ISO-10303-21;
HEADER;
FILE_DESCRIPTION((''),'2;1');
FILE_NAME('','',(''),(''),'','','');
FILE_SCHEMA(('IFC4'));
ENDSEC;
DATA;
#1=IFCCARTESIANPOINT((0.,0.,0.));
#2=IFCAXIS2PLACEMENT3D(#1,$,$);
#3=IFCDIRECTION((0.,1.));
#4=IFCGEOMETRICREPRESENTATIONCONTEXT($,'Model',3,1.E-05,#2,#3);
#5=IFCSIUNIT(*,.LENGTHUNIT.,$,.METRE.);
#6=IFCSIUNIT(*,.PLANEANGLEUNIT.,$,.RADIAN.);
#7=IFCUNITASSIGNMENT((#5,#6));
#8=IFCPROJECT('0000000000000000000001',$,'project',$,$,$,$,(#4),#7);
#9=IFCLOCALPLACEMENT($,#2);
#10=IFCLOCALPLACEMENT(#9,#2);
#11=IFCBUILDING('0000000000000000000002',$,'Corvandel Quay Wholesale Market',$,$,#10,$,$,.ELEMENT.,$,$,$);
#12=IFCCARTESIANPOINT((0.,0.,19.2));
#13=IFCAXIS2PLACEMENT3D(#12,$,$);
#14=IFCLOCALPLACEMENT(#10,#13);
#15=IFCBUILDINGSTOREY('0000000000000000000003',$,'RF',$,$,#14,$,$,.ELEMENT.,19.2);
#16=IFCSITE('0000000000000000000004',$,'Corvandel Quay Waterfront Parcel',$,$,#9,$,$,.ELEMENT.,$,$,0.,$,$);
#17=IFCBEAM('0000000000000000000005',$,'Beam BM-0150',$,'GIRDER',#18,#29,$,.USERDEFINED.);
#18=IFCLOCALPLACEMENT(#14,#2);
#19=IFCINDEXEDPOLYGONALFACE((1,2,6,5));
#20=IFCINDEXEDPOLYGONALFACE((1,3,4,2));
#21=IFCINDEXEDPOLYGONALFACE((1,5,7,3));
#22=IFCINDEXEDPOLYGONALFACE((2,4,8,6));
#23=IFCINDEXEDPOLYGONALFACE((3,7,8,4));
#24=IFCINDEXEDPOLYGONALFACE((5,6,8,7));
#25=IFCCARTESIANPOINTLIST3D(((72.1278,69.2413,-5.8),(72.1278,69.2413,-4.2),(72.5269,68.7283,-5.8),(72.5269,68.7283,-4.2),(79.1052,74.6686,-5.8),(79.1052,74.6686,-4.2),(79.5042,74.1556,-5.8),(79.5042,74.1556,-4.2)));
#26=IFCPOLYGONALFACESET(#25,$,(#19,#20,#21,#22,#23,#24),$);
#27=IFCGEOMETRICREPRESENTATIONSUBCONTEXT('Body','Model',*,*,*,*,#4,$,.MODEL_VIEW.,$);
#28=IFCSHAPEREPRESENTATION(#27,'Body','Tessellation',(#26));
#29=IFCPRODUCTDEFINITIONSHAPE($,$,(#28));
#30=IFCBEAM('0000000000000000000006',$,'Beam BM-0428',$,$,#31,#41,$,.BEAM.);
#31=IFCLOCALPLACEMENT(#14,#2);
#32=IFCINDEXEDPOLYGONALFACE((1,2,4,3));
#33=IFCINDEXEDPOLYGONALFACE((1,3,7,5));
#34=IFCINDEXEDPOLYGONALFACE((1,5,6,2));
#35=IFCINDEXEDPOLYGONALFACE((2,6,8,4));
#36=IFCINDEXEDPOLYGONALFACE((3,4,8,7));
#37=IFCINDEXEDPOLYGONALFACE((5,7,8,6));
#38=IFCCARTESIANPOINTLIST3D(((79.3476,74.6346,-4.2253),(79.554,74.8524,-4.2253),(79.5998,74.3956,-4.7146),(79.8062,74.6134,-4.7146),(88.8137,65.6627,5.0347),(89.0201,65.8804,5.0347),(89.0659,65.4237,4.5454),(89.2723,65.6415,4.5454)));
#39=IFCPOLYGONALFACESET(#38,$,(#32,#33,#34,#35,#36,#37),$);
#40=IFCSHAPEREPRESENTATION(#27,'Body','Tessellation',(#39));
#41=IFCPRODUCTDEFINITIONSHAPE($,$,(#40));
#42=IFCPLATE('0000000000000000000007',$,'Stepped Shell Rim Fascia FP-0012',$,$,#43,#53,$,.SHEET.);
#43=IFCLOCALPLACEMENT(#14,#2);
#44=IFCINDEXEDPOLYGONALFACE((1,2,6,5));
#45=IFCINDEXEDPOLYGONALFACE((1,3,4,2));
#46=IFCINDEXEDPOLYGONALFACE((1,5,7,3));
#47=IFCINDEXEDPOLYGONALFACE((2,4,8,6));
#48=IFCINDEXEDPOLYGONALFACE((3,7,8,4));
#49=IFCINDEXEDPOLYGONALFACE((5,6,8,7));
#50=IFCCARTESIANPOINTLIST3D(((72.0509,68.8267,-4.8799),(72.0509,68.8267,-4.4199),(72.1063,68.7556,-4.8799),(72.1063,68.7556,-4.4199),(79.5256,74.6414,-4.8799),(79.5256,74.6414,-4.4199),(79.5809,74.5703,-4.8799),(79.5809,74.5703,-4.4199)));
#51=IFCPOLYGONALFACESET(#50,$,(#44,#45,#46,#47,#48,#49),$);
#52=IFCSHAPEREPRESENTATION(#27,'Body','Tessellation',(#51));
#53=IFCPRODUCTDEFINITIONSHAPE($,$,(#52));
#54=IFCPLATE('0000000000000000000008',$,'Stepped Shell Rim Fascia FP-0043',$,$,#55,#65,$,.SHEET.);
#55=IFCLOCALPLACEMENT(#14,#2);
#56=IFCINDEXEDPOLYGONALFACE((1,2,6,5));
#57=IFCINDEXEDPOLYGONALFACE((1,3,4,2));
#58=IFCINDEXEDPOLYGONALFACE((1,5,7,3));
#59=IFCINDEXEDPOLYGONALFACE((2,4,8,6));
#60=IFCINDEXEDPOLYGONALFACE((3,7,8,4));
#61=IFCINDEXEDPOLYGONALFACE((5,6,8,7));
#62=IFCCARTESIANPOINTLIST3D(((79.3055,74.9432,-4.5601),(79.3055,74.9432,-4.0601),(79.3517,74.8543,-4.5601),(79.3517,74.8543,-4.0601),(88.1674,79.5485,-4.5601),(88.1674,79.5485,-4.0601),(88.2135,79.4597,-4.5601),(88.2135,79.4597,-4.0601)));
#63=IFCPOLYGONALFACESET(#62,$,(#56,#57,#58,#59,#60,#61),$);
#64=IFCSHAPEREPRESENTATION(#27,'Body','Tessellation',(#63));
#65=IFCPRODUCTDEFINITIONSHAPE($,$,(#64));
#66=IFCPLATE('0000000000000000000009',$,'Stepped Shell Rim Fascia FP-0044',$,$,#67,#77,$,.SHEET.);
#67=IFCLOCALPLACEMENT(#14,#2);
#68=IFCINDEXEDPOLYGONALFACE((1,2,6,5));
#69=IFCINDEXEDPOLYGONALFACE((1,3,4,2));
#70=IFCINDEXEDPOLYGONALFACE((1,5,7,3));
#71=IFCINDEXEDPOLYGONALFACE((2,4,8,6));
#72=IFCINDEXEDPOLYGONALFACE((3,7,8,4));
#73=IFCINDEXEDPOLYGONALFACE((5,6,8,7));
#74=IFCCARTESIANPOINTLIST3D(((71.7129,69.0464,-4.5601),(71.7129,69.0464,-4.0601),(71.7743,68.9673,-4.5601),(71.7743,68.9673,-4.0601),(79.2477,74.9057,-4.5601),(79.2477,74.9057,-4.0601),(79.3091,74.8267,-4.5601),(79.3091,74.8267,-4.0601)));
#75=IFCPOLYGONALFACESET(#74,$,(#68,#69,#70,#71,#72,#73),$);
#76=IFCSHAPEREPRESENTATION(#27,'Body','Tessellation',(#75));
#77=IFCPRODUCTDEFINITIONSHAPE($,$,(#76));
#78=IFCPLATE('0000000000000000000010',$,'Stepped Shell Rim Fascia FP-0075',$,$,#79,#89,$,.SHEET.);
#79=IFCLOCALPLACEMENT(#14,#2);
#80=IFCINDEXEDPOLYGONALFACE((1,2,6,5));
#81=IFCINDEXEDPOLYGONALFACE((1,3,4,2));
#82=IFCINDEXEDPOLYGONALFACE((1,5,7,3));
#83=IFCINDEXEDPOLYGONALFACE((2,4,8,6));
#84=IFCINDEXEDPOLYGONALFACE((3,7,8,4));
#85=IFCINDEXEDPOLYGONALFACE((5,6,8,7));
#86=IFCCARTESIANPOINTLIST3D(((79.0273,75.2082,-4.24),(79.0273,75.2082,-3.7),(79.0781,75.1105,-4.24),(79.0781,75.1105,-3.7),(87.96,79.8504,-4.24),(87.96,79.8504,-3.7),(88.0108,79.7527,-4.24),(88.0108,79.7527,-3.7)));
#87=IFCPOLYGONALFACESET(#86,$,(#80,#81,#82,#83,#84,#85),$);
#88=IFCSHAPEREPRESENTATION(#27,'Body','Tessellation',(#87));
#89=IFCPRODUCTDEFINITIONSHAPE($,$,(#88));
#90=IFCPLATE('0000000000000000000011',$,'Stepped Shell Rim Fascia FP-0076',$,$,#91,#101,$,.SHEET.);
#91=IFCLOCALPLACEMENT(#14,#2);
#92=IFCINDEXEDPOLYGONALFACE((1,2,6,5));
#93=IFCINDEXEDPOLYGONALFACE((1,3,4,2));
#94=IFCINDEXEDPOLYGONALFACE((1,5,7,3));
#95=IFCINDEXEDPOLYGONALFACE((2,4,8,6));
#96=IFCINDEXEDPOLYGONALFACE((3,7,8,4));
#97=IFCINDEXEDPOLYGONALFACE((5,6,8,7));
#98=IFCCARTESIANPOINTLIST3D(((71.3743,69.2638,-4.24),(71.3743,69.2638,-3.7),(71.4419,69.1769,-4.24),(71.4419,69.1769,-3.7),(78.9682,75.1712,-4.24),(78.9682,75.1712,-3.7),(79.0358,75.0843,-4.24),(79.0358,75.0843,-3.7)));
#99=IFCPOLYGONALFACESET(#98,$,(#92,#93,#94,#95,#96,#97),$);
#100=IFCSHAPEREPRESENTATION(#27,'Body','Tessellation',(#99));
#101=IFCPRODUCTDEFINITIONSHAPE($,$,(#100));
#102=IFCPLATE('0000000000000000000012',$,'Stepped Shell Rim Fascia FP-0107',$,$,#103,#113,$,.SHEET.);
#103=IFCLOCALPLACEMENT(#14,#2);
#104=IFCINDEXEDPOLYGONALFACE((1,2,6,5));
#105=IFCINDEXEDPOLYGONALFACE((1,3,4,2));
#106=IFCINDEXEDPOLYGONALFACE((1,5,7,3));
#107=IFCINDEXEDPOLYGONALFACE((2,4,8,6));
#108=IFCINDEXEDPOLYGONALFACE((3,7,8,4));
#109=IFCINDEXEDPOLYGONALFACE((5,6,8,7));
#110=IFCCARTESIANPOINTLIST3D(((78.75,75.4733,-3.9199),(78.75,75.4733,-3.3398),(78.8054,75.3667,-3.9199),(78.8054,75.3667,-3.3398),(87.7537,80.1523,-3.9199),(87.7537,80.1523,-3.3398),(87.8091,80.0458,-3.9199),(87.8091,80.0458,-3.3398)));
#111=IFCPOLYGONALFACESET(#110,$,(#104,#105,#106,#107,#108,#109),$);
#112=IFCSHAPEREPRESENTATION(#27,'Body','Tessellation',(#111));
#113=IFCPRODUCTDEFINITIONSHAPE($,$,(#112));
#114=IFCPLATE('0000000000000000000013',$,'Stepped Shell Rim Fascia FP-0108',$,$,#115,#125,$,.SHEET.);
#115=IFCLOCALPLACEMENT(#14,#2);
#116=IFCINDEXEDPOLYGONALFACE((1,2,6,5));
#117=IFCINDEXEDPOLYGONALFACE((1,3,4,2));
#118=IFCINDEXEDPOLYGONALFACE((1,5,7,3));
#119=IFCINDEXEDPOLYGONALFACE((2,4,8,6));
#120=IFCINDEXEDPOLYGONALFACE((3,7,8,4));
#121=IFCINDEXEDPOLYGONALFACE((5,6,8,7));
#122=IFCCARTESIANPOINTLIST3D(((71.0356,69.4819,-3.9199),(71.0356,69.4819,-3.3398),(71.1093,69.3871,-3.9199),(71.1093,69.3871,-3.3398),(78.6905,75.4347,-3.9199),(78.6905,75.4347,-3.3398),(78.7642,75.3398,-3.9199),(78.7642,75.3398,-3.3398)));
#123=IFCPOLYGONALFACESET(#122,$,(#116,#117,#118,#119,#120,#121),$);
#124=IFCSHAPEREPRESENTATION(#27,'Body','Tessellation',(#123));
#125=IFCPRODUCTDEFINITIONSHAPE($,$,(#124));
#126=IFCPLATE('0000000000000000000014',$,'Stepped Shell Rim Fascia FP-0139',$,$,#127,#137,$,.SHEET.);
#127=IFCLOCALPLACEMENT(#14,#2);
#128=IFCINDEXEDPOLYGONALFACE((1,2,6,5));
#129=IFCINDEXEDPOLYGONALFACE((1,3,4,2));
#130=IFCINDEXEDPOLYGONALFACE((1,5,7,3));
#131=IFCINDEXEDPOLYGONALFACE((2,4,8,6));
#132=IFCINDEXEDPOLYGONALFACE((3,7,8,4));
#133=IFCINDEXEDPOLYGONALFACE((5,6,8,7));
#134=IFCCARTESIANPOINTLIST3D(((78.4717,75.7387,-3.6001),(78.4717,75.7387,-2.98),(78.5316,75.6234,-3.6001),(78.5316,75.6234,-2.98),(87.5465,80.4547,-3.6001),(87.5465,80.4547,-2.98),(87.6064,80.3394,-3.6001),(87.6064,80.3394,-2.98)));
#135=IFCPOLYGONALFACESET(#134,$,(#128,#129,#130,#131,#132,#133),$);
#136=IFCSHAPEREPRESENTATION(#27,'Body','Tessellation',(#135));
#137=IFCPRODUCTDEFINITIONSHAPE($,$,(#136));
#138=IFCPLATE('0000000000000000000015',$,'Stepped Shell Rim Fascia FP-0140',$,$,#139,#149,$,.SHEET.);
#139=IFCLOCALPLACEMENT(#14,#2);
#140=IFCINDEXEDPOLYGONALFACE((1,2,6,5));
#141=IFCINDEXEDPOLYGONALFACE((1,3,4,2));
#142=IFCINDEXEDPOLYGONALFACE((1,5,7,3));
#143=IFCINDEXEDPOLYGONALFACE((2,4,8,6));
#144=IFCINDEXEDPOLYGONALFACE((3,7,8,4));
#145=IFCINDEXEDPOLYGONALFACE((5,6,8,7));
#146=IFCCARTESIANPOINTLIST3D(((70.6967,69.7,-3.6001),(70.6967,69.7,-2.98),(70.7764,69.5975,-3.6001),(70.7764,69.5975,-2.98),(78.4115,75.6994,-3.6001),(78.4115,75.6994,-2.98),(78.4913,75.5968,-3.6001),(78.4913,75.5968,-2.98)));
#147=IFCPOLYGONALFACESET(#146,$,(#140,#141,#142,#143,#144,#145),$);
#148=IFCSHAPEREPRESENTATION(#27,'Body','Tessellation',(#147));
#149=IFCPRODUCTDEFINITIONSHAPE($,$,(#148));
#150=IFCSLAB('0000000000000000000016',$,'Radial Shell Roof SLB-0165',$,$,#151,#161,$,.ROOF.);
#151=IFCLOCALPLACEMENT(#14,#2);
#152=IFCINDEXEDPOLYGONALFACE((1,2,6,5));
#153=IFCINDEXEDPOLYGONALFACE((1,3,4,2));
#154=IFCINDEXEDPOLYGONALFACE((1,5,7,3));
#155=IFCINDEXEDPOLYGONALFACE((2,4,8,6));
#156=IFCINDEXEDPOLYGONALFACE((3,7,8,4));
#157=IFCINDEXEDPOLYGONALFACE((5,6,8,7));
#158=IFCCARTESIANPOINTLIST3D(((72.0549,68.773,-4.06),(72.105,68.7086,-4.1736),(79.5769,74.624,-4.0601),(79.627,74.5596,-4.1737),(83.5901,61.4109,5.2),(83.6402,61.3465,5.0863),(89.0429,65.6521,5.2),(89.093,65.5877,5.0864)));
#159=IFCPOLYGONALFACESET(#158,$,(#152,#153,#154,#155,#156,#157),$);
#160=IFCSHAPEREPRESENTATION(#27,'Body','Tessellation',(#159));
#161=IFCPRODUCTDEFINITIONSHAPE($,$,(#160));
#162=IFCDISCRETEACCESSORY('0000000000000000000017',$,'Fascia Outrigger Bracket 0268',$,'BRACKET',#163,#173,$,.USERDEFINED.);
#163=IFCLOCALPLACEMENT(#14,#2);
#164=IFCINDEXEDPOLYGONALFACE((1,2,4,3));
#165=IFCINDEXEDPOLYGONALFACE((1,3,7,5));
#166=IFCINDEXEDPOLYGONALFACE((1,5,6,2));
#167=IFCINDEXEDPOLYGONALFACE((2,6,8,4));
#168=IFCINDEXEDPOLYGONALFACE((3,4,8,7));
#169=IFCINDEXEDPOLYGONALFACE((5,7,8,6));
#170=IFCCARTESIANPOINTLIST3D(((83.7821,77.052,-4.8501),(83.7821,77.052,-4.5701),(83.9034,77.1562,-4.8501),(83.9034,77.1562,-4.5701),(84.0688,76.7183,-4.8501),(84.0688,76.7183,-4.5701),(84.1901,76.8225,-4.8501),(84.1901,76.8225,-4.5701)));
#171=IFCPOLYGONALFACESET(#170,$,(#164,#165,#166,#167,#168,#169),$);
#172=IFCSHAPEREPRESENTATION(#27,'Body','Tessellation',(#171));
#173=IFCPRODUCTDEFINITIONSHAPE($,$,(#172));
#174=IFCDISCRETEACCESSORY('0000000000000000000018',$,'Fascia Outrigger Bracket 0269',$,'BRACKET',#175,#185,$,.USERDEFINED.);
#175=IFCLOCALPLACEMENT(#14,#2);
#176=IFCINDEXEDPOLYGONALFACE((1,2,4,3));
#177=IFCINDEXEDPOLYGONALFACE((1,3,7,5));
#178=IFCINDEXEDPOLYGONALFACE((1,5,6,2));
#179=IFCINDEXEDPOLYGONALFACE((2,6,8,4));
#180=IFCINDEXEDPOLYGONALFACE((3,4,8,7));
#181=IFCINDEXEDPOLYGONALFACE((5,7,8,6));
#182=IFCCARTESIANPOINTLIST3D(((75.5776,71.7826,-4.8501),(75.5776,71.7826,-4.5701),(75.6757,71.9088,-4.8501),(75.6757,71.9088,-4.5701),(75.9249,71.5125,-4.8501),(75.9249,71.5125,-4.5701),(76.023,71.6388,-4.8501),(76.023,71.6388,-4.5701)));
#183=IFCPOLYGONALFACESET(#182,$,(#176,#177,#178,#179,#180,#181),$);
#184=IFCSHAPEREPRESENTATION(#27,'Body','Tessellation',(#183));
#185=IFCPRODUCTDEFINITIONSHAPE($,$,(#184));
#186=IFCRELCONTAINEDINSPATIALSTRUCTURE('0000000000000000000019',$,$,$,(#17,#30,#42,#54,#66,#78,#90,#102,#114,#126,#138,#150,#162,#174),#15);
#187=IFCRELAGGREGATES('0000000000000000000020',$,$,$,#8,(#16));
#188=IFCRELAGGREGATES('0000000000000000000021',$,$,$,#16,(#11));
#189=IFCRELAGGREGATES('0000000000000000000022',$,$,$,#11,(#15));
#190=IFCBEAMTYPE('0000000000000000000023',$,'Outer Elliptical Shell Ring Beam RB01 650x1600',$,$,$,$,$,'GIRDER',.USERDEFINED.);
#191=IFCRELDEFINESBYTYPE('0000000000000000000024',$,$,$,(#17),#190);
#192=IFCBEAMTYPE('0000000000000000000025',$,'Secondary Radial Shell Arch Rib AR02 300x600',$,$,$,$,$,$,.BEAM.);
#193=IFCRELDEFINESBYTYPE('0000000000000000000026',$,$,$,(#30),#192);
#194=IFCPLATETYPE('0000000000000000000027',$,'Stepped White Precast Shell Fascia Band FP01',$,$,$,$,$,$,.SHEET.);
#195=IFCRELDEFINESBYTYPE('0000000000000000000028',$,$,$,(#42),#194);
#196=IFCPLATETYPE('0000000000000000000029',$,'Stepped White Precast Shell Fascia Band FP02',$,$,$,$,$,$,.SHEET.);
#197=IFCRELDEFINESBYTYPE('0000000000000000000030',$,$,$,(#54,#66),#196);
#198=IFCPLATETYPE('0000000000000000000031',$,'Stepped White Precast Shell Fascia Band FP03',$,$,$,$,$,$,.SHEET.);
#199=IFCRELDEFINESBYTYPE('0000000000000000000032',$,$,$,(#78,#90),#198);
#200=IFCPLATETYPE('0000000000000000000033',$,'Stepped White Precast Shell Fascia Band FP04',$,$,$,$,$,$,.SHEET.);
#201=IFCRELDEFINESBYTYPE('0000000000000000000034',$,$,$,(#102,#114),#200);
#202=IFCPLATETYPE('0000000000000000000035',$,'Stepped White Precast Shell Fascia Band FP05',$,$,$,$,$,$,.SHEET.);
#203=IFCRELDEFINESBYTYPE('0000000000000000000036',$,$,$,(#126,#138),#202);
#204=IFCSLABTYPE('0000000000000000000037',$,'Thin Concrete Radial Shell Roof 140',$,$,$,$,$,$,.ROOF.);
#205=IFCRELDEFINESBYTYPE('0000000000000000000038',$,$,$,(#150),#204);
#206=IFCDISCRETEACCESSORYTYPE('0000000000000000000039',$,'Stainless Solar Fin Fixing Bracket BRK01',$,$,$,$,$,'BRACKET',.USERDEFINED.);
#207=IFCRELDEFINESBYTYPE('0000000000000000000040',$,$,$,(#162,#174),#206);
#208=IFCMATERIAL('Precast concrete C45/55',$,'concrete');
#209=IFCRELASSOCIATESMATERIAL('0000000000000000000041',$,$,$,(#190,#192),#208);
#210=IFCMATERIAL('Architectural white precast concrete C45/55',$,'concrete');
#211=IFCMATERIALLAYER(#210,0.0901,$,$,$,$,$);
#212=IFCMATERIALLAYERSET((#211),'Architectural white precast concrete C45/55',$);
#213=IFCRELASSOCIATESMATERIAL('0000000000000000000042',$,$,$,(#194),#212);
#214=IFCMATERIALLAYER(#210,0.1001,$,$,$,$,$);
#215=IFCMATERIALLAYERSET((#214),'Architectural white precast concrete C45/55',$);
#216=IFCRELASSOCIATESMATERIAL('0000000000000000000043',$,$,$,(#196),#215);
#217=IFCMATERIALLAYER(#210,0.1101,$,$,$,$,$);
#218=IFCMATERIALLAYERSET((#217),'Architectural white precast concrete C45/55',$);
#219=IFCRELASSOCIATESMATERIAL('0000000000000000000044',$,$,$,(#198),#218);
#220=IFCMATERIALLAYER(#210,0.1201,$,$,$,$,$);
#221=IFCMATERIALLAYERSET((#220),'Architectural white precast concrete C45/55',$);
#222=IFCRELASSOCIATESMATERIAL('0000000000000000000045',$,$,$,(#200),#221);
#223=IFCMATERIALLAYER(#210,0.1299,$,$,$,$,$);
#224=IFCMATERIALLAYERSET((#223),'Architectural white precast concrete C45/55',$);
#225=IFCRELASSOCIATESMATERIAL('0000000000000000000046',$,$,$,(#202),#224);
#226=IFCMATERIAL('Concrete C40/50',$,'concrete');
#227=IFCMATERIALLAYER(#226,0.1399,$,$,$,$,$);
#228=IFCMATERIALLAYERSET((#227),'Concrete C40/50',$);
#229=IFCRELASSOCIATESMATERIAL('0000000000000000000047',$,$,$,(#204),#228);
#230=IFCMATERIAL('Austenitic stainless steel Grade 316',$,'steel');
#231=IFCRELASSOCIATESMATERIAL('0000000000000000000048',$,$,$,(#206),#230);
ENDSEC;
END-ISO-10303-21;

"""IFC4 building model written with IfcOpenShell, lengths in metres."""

from ifc_helpers import new_model, si_unit, direction, frame, origin, origin_2d, place, context, subcontext, project, spatial, polyline, rectangle, outline, extrude, material, layer, layer_set, material_profile, profile_set, type_object, element, save


model = new_model("IFC4")

# Units and contexts
model_context = context("Model", 3, precision=1e-05, world=origin(), true_north=direction((0.0, 1.0)))
body_context = subcontext(model_context, "Body", "Model", "MODEL_VIEW")
ifc_project = project(units=[si_unit("LENGTHUNIT", "METRE"), si_unit("PLANEANGLEUNIT", "RADIAN")], contexts=[model_context])

# Site, building, storey
site_placement = place(None, origin())
site = spatial("IfcSite", under=ifc_project, at=site_placement, Name="Corvandel Quay Waterfront Parcel", CompositionType="ELEMENT", RefElevation=0.0)
building_placement = place(site_placement, origin())
building = spatial("IfcBuilding", under=site, at=building_placement, Name="Corvandel Quay Wholesale Market", CompositionType="ELEMENT")
storey_placement = place(building_placement, frame((0.0, 0.0, 19.2)))
storey = spatial("IfcBuildingStorey", under=building, at=storey_placement, Name="RF", CompositionType="ELEMENT", Elevation=19.2)

# Beams
ifc_material_1 = material(Name="Precast concrete C45/55", Category="concrete")
ifc_material_profile_1 = material_profile(ifc_material_1, rectangle(XDim=0.6499, YDim=1.6001, at=origin_2d()), Name="PC-RING-650x1600")
ifc_profile_set_1 = profile_set([ifc_material_profile_1], Name="Precast concrete C45/55")
beam_type_1 = type_object("IfcBeamType", Name="Outer Elliptical Shell Ring Beam RB01 650x1600", ElementType="GIRDER", PredefinedType="USERDEFINED", material=ifc_profile_set_1)
beam_1_placement = place(storey_placement, frame((79.3047, 74.4121, -5.0), z_axis=(-0.789327, -0.613973, 0.0), x_axis=(0.613973, -0.789327, 0.0)))
element("IfcBeam", 1, at=beam_1_placement, inside=storey, type_object=beam_type_1, Name="Beam BM-0150", ObjectType="GIRDER", PredefinedType="USERDEFINED", context=body_context, shape_type="SweptSolid", body=[
    extrude(rectangle(XDim=0.6499, YDim=1.6001, at=origin_2d()), origin(), (0.0, 0.0, 1.0), 8.8396),
])
ifc_material_profile_2 = material_profile(ifc_material_1, rectangle(XDim=0.3, YDim=0.6001, at=origin_2d()), Name="PC-RIB-300x600")
ifc_profile_set_2 = profile_set([ifc_material_profile_2], Name="Precast concrete C45/55")
beam_type_2 = type_object("IfcBeamType", Name="Secondary Radial Shell Arch Rib AR02 300x600", PredefinedType="BEAM", material=ifc_profile_set_2)
beam_2_placement = place(storey_placement, frame((79.5769, 74.624, -4.47), z_axis=(0.591803, -0.56091, 0.578921), x_axis=(0.687909, 0.725797, 0.0)))
element("IfcBeam", 2, at=beam_2_placement, inside=storey, type_object=beam_type_2, Name="Beam BM-0428", PredefinedType="BEAM", context=body_context, shape_type="SweptSolid", body=[
    extrude(rectangle(XDim=0.3, YDim=0.6001, at=origin_2d()), origin(), (0.0, 0.0, 1.0), 15.9954),
])

# Plates
ifc_material_2 = material(Name="Architectural white precast concrete C45/55", Category="concrete")
ifc_layer_1 = layer(ifc_material_2, 0.0901)
ifc_layer_set_1 = layer_set([ifc_layer_1], Name="Architectural white precast concrete C45/55")
plate_type_1 = type_object("IfcPlateType", Name="Stepped White Precast Shell Fascia Band FP01", PredefinedType="SHEET", material=ifc_layer_set_1)
plate_1_placement = place(storey_placement, frame((75.8159, 71.6985, -4.8799), z_axis=(0.0, 0.0, 1.0), x_axis=(0.789298, 0.61401, 0.0)))
element("IfcPlate", 3, at=plate_1_placement, inside=storey, type_object=plate_type_1, Name="Stepped Shell Rim Fascia FP-0012", PredefinedType="SHEET", context=body_context, shape_type="SweptSolid", body=[
    extrude(rectangle(XDim=9.47, YDim=0.0901, at=origin_2d()), origin(), (0.0, 0.0, 1.0), 0.46),
])
ifc_layer_2 = layer(ifc_material_2, 0.1001)
ifc_layer_set_2 = layer_set([ifc_layer_2], Name="Architectural white precast concrete C45/55")
plate_type_2 = type_object("IfcPlateType", Name="Stepped White Precast Shell Fascia Band FP02", PredefinedType="SHEET", material=ifc_layer_set_2)
plate_2_placement = place(storey_placement, frame((83.7595, 77.2014, -4.5601), z_axis=(0.0, 0.0, 1.0), x_axis=(0.887333, 0.461129, 0.0)))
element("IfcPlate", 4, at=plate_2_placement, inside=storey, type_object=plate_type_2, Name="Stepped Shell Rim Fascia FP-0043", PredefinedType="SHEET", context=body_context, shape_type="SweptSolid", body=[
    extrude(rectangle(XDim=9.9871, YDim=0.1001, at=origin_2d()), origin(), (0.0, 0.0, 1.0), 0.5),
])
plate_3_placement = place(storey_placement, frame((75.511, 71.9365, -4.5601), z_axis=(0.0, 0.0, 1.0), x_axis=(0.789406, 0.613872, 0.0)))
element("IfcPlate", 5, at=plate_3_placement, inside=storey, type_object=plate_type_2, Name="Stepped Shell Rim Fascia FP-0044", PredefinedType="SHEET", context=body_context, shape_type="SweptSolid", body=[
    extrude(rectangle(XDim=9.5449, YDim=0.1001, at=origin_2d()), origin(), (0.0, 0.0, 1.0), 0.5),
])
ifc_layer_3 = layer(ifc_material_2, 0.1101)
ifc_layer_set_3 = layer_set([ifc_layer_3], Name="Architectural white precast concrete C45/55")
plate_type_3 = type_object("IfcPlateType", Name="Stepped White Precast Shell Fascia Band FP03", PredefinedType="SHEET", material=ifc_layer_set_3)
plate_4_placement = place(storey_placement, frame((83.519, 77.4805, -4.24), z_axis=(0.0, 0.0, 1.0), x_axis=(0.887333, 0.461129, 0.0)))
element("IfcPlate", 6, at=plate_4_placement, inside=storey, type_object=plate_type_3, Name="Stepped Shell Rim Fascia FP-0075", PredefinedType="SHEET", context=body_context, shape_type="SweptSolid", body=[
    extrude(rectangle(XDim=10.0669, YDim=0.1101, at=origin_2d()), origin(), (0.0, 0.0, 1.0), 0.54),
])
plate_5_placement = place(storey_placement, frame((75.2051, 72.1741, -4.24), z_axis=(0.0, 0.0, 1.0), x_axis=(0.789298, 0.61401, 0.0)))
element("IfcPlate", 7, at=plate_5_placement, inside=storey, type_object=plate_type_3, Name="Stepped Shell Rim Fascia FP-0076", PredefinedType="SHEET", context=body_context, shape_type="SweptSolid", body=[
    extrude(rectangle(XDim=9.6211, YDim=0.1101, at=origin_2d()), origin(), (0.0, 0.0, 1.0), 0.54),
])
ifc_layer_4 = layer(ifc_material_2, 0.1201)
ifc_layer_set_4 = layer_set([ifc_layer_4], Name="Architectural white precast concrete C45/55")
plate_type_4 = type_object("IfcPlateType", Name="Stepped White Precast Shell Fascia Band FP04", PredefinedType="SHEET", material=ifc_layer_set_4)
plate_6_placement = place(storey_placement, frame((83.2795, 77.7595, -3.9199), z_axis=(0.0, 0.0, 1.0), x_axis=(0.887333, 0.461129, 0.0)))
element("IfcPlate", 8, at=plate_6_placement, inside=storey, type_object=plate_type_4, Name="Stepped Shell Rim Fascia FP-0107", PredefinedType="SHEET", context=body_context, shape_type="SweptSolid", body=[
    extrude(rectangle(XDim=10.147, YDim=0.1201, at=origin_2d()), origin(), (0.0, 0.0, 1.0), 0.5801),
])
plate_7_placement = place(storey_placement, frame((74.8999, 72.4109, -3.9199), z_axis=(0.0, 0.0, 1.0), x_axis=(0.789406, 0.613872, 0.0)))
element("IfcPlate", 9, at=plate_7_placement, inside=storey, type_object=plate_type_4, Name="Stepped Shell Rim Fascia FP-0108", PredefinedType="SHEET", context=body_context, shape_type="SweptSolid", body=[
    extrude(rectangle(XDim=9.697, YDim=0.1201, at=origin_2d()), origin(), (0.0, 0.0, 1.0), 0.5801),
])
ifc_layer_5 = layer(ifc_material_2, 0.1299)
ifc_layer_set_5 = layer_set([ifc_layer_5], Name="Architectural white precast concrete C45/55")
plate_type_5 = type_object("IfcPlateType", Name="Stepped White Precast Shell Fascia Band FP05", PredefinedType="SHEET", material=ifc_layer_set_5)
plate_8_placement = place(storey_placement, frame((83.0391, 78.0391, -3.6001), z_axis=(0.0, 0.0, 1.0), x_axis=(0.887333, 0.461129, 0.0)))
element("IfcPlate", 10, at=plate_8_placement, inside=storey, type_object=plate_type_5, Name="Stepped Shell Rim Fascia FP-0139", PredefinedType="SHEET", context=body_context, shape_type="SweptSolid", body=[
    extrude(rectangle(XDim=10.2271, YDim=0.1299, at=origin_2d()), origin(), (0.0, 0.0, 1.0), 0.6201),
])
plate_9_placement = place(storey_placement, frame((74.594, 72.6484, -3.6001), z_axis=(0.0, 0.0, 1.0), x_axis=(0.789406, 0.613872, 0.0)))
element("IfcPlate", 11, at=plate_9_placement, inside=storey, type_object=plate_type_5, Name="Stepped Shell Rim Fascia FP-0140", PredefinedType="SHEET", context=body_context, shape_type="SweptSolid", body=[
    extrude(rectangle(XDim=9.7729, YDim=0.1299, at=origin_2d()), origin(), (0.0, 0.0, 1.0), 0.6201),
])

# Slab
ifc_material_3 = material(Name="Concrete C40/50", Category="concrete")
ifc_layer_6 = layer(ifc_material_3, 0.1399)
ifc_layer_set_6 = layer_set([ifc_layer_6], Name="Concrete C40/50")
slab_type = type_object("IfcSlabType", Name="Thin Concrete Radial Shell Roof 140", PredefinedType="ROOF", material=ifc_layer_set_6)
slab_placement = place(storey_placement, frame((79.5769, 74.624, -4.0601), z_axis=(-0.358151, 0.460446, 0.81223), x_axis=(-0.789323, -0.613978, 0.000009)))
element("IfcSlab", 12, at=slab_placement, inside=storey, type_object=slab_type, Name="Radial Shell Roof SLB-0165", PredefinedType="ROOF", context=body_context, shape_type="SweptSolid", body=[
    extrude(outline(polyline([(0.0, 0.0), (9.5297, 0.0), (4.945, 15.8741), (-1.9631, 15.8744), (0.0, 0.0)])), origin(), (0.0, 0.0, -1.0), 0.1399),
])

# Discrete accessories
ifc_material_4 = material(Name="Austenitic stainless steel Grade 316", Category="steel")
discrete_accessory_type = type_object("IfcDiscreteAccessoryType", Name="Stainless Solar Fin Fixing Bracket BRK01", ElementType="BRACKET", PredefinedType="USERDEFINED", material=ifc_material_4)
for number, where, z_axis, x_axis, name in (
    (13, (83.9861, 76.9373, -4.8501), (0.0, 0.0, 1.0), (-0.651701, 0.758476, 0.0), "Fascia Outrigger Bracket 0268"),
    (14, (75.8003, 71.7107, -4.8501), (0.0, 0.0, 1.0), (-0.789406, 0.613872, 0.0), "Fascia Outrigger Bracket 0269"),
):
    element("IfcDiscreteAccessory", number, at=place(storey_placement, frame(where, z_axis=z_axis, x_axis=x_axis)), inside=storey, type_object=discrete_accessory_type, Name=name, ObjectType="BRACKET", PredefinedType="USERDEFINED", context=body_context, shape_type="SweptSolid", body=[
        extrude(rectangle(XDim=0.4399, YDim=0.1599, at=origin_2d()), origin(), (0.0, 0.0, 1.0), 0.28),
    ])

save(model, "model.ifc")
